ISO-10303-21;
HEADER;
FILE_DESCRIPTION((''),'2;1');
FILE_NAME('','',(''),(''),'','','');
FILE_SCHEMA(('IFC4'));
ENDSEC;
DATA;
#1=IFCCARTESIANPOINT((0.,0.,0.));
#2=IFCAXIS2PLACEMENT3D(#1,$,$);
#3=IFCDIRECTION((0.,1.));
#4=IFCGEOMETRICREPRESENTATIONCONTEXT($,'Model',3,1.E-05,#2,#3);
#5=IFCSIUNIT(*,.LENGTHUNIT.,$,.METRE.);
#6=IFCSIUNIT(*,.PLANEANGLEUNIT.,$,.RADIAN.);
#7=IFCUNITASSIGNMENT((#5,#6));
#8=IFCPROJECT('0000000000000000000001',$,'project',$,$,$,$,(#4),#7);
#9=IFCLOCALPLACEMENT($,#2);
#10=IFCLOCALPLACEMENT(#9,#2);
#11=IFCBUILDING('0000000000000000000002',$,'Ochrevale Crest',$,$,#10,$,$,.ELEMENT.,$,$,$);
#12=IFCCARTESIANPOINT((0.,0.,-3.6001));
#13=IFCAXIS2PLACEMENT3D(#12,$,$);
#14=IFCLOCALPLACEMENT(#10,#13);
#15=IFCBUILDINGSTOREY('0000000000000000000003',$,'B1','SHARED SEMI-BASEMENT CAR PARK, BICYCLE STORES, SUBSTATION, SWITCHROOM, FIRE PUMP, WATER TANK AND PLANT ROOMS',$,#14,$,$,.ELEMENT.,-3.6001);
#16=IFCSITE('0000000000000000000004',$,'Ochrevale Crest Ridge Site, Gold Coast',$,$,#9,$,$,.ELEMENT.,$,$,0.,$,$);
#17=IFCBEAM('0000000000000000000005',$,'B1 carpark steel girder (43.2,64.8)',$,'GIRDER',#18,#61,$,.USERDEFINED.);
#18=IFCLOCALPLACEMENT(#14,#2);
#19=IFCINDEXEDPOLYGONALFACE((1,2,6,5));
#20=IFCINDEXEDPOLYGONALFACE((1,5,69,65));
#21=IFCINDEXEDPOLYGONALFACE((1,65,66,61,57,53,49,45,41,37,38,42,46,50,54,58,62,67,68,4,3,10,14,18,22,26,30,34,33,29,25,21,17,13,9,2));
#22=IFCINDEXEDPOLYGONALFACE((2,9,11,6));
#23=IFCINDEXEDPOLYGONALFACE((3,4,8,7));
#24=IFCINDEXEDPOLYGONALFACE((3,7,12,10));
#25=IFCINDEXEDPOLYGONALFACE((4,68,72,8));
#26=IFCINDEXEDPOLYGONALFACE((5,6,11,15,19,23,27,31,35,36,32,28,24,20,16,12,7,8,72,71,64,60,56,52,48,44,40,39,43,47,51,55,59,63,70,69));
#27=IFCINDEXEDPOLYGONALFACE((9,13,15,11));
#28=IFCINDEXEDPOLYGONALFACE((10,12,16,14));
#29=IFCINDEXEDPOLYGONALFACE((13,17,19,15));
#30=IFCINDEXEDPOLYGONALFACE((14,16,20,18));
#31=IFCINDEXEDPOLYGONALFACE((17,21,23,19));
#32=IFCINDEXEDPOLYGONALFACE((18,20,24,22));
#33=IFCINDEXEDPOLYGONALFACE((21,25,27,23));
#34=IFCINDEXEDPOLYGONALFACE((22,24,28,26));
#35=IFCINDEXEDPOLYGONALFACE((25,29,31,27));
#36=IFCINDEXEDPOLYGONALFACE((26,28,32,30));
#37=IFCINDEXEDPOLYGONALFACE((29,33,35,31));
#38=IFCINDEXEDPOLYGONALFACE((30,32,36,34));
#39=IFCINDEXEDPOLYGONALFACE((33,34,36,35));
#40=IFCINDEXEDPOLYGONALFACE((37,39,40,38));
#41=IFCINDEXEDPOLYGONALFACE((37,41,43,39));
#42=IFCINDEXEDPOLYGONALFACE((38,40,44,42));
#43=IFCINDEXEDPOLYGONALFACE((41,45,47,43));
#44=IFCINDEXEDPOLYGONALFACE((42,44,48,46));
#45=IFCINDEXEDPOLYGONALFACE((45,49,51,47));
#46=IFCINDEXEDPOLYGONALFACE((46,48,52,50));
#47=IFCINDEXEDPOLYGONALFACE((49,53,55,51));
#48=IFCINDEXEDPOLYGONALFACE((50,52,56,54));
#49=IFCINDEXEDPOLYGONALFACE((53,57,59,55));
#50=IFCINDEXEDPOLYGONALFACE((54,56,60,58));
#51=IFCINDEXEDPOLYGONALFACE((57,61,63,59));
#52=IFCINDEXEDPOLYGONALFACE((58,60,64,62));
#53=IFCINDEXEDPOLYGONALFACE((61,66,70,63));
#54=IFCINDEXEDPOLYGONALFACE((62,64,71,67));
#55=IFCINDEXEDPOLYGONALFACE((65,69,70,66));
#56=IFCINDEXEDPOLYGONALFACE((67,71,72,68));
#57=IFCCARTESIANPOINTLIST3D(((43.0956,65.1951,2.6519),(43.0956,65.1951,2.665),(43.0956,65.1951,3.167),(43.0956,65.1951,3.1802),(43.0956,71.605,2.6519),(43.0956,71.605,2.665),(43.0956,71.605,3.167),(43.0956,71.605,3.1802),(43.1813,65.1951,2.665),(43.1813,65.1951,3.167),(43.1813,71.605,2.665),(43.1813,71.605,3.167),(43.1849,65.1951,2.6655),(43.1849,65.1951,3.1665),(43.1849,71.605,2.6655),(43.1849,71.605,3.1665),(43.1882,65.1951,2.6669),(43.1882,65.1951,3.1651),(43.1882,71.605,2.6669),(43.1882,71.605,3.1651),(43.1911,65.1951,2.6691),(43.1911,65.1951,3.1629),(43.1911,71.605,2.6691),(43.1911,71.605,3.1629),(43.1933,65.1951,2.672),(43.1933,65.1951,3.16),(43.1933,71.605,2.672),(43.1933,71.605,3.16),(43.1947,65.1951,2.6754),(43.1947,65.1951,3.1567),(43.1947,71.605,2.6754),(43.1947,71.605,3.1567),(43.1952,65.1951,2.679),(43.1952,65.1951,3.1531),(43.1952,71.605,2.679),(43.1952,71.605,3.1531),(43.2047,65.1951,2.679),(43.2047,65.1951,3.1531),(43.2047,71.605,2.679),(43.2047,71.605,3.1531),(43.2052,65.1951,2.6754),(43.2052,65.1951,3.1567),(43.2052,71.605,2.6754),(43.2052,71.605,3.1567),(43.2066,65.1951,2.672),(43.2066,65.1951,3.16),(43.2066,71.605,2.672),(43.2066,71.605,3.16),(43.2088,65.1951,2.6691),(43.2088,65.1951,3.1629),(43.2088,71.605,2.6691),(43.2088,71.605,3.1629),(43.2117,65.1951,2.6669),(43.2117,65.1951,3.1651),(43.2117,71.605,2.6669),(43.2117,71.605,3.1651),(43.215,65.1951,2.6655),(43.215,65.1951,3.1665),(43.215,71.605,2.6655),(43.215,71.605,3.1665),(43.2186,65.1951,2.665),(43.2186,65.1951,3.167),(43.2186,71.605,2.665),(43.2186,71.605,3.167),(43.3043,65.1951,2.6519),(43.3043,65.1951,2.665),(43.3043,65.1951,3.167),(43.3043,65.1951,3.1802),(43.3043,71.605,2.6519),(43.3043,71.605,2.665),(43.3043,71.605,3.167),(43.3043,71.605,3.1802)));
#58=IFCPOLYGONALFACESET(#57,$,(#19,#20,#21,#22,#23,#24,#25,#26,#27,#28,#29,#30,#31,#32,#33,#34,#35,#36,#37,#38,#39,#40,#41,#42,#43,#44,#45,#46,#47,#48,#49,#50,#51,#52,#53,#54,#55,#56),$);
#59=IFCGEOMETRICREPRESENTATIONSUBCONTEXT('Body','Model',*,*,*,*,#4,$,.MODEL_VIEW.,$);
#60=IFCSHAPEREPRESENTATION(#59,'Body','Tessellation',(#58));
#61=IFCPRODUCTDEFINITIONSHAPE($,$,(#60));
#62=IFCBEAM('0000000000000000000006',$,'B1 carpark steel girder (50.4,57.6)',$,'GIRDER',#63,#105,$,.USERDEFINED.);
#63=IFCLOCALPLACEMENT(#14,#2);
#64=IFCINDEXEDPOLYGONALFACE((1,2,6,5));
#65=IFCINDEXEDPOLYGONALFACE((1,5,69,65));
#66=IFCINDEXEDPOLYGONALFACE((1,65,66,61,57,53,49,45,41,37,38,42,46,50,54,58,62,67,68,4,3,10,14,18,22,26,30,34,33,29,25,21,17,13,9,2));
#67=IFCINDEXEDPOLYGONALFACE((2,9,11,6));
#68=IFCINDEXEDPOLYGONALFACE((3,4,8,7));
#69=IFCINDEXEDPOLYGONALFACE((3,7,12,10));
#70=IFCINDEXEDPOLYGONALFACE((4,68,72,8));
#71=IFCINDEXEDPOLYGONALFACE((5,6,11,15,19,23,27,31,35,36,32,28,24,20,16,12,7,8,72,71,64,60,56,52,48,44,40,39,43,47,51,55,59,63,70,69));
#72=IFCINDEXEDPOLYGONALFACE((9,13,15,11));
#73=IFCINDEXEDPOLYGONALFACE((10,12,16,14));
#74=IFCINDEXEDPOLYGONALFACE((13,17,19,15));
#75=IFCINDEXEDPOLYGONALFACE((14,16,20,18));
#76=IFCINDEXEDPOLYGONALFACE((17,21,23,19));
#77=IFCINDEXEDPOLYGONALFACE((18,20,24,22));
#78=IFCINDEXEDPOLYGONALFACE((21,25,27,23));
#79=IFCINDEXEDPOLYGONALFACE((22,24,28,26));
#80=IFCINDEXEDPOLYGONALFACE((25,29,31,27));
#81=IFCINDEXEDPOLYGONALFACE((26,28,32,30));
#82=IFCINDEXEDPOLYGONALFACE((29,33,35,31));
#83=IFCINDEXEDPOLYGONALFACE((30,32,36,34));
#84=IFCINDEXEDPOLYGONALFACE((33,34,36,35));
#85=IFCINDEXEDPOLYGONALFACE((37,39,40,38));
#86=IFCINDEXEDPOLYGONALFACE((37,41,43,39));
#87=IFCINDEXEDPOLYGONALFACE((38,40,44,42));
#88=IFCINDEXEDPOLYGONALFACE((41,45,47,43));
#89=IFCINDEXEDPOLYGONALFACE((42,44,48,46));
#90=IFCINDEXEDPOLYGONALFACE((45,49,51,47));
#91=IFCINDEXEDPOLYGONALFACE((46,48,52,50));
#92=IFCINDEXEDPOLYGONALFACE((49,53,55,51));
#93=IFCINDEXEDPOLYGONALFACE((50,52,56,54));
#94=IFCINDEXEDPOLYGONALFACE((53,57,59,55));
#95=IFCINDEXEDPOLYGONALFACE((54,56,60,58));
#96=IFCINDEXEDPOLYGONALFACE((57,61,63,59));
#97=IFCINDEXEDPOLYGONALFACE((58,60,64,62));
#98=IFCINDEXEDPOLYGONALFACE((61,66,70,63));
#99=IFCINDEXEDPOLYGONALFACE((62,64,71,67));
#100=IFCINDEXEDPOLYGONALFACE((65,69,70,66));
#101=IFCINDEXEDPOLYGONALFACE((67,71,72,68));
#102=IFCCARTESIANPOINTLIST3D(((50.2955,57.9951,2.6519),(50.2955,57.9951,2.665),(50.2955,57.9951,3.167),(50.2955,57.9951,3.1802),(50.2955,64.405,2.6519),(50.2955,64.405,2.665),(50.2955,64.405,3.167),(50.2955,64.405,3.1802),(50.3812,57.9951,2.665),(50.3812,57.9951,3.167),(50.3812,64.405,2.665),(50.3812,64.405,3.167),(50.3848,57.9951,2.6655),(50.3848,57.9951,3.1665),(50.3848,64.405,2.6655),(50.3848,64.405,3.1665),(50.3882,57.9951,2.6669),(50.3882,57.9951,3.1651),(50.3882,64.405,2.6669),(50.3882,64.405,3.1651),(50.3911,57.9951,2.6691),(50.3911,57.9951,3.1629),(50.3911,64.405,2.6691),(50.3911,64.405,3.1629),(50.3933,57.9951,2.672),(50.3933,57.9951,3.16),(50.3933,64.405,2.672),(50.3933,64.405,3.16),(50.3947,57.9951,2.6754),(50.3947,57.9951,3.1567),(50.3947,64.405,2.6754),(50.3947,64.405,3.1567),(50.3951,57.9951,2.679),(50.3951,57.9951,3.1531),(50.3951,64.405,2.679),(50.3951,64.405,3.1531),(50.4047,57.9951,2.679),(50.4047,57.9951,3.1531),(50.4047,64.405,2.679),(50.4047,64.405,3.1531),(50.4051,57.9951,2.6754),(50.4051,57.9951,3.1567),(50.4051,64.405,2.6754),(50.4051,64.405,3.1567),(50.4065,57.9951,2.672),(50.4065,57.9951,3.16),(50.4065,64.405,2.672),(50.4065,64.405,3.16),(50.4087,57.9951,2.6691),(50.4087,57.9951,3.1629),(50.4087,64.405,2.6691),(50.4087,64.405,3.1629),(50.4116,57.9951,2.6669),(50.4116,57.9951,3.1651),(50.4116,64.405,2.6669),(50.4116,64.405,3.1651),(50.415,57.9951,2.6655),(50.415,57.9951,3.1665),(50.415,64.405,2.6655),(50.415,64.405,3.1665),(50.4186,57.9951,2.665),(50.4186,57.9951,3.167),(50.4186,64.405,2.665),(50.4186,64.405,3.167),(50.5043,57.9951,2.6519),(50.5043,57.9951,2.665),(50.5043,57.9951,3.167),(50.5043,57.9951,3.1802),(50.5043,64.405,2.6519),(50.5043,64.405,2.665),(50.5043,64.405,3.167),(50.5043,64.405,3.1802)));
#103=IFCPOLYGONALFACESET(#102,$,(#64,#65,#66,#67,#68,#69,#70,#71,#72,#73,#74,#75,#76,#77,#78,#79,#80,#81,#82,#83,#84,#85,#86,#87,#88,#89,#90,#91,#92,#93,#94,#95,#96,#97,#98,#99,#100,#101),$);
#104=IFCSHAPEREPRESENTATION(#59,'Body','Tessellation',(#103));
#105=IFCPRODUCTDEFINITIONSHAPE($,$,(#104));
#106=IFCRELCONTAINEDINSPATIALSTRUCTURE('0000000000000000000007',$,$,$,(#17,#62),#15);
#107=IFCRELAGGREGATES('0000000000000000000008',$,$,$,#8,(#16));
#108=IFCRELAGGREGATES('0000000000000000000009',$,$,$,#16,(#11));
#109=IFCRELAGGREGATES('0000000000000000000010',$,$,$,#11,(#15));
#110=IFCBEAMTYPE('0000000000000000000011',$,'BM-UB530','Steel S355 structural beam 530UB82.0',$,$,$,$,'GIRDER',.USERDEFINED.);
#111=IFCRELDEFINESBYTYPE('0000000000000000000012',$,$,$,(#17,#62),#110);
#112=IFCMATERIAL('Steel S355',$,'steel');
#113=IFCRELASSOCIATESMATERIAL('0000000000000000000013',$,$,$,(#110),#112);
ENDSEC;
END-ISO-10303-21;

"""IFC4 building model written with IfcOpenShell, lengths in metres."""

from ifc_helpers import new_model, si_unit, direction, frame, origin, origin_2d, place, context, subcontext, project, spatial, i_section, extrude, material, material_profile, profile_set, type_object, element, save


model = new_model("IFC4")

# Units and contexts
model_context = context("Model", 3, precision=1e-05, world=origin(), true_north=direction((0.0, 1.0)))
body_context = subcontext(model_context, "Body", "Model", "MODEL_VIEW")
ifc_project = project(units=[si_unit("LENGTHUNIT", "METRE"), si_unit("PLANEANGLEUNIT", "RADIAN")], contexts=[model_context])

# Site, building, storey
site_placement = place(None, origin())
site = spatial("IfcSite", under=ifc_project, at=site_placement, Name="Ochrevale Crest Ridge Site, Gold Coast", CompositionType="ELEMENT", RefElevation=0.0)
building_placement = place(site_placement, origin())
building = spatial("IfcBuilding", under=site, at=building_placement, Name="Ochrevale Crest", CompositionType="ELEMENT")
storey_placement = place(building_placement, frame((0.0, 0.0, -3.6001)))
storey = spatial("IfcBuildingStorey", under=building, at=storey_placement, Name="B1", Description="SHARED SEMI-BASEMENT CAR PARK, BICYCLE STORES, SUBSTATION, SWITCHROOM, FIRE PUMP, WATER TANK AND PLANT ROOMS", CompositionType="ELEMENT", Elevation=-3.6001)

# Beams
ifc_material_1 = material(Name="Steel S355", Category="steel")
ifc_material_profile_1 = material_profile(ifc_material_1, i_section(OverallWidth=0.2087, OverallDepth=0.5283, WebThickness=0.0095, FlangeThickness=0.0132, FilletRadius=0.0139, at=origin_2d()), Name="530UB82.0")
ifc_profile_set_1 = profile_set([ifc_material_profile_1], Name="Steel S355")
beam_type_1 = type_object("IfcBeamType", Name="BM-UB530", Description="Steel S355 structural beam 530UB82.0", ElementType="GIRDER", PredefinedType="USERDEFINED", material=ifc_profile_set_1)
for number, where, z_axis, x_axis, name in (
    (1, (43.2, 65.1951, 2.916), (0.0, 1.0, 0.0), (-1.0, 0.0, 0.0), "B1 carpark steel girder (43.2,64.8)"),
    (2, (50.3999, 57.9951, 2.916), (0.0, 1.0, 0.0), (-1.0, 0.0, 0.0), "B1 carpark steel girder (50.4,57.6)"),
):
    element("IfcBeam", number, at=place(storey_placement, frame(where, z_axis=z_axis, x_axis=x_axis)), inside=storey, type_object=beam_type_1, Name=name, ObjectType="GIRDER", PredefinedType="USERDEFINED", context=body_context, shape_type="SweptSolid", body=[
        extrude(i_section(OverallWidth=0.2087, OverallDepth=0.5283, WebThickness=0.0095, FlangeThickness=0.0132, FilletRadius=0.0139, at=origin_2d()), origin(), (0.0, 0.0, 1.0), 6.4099),
    ])

save(model, "model.ifc")
